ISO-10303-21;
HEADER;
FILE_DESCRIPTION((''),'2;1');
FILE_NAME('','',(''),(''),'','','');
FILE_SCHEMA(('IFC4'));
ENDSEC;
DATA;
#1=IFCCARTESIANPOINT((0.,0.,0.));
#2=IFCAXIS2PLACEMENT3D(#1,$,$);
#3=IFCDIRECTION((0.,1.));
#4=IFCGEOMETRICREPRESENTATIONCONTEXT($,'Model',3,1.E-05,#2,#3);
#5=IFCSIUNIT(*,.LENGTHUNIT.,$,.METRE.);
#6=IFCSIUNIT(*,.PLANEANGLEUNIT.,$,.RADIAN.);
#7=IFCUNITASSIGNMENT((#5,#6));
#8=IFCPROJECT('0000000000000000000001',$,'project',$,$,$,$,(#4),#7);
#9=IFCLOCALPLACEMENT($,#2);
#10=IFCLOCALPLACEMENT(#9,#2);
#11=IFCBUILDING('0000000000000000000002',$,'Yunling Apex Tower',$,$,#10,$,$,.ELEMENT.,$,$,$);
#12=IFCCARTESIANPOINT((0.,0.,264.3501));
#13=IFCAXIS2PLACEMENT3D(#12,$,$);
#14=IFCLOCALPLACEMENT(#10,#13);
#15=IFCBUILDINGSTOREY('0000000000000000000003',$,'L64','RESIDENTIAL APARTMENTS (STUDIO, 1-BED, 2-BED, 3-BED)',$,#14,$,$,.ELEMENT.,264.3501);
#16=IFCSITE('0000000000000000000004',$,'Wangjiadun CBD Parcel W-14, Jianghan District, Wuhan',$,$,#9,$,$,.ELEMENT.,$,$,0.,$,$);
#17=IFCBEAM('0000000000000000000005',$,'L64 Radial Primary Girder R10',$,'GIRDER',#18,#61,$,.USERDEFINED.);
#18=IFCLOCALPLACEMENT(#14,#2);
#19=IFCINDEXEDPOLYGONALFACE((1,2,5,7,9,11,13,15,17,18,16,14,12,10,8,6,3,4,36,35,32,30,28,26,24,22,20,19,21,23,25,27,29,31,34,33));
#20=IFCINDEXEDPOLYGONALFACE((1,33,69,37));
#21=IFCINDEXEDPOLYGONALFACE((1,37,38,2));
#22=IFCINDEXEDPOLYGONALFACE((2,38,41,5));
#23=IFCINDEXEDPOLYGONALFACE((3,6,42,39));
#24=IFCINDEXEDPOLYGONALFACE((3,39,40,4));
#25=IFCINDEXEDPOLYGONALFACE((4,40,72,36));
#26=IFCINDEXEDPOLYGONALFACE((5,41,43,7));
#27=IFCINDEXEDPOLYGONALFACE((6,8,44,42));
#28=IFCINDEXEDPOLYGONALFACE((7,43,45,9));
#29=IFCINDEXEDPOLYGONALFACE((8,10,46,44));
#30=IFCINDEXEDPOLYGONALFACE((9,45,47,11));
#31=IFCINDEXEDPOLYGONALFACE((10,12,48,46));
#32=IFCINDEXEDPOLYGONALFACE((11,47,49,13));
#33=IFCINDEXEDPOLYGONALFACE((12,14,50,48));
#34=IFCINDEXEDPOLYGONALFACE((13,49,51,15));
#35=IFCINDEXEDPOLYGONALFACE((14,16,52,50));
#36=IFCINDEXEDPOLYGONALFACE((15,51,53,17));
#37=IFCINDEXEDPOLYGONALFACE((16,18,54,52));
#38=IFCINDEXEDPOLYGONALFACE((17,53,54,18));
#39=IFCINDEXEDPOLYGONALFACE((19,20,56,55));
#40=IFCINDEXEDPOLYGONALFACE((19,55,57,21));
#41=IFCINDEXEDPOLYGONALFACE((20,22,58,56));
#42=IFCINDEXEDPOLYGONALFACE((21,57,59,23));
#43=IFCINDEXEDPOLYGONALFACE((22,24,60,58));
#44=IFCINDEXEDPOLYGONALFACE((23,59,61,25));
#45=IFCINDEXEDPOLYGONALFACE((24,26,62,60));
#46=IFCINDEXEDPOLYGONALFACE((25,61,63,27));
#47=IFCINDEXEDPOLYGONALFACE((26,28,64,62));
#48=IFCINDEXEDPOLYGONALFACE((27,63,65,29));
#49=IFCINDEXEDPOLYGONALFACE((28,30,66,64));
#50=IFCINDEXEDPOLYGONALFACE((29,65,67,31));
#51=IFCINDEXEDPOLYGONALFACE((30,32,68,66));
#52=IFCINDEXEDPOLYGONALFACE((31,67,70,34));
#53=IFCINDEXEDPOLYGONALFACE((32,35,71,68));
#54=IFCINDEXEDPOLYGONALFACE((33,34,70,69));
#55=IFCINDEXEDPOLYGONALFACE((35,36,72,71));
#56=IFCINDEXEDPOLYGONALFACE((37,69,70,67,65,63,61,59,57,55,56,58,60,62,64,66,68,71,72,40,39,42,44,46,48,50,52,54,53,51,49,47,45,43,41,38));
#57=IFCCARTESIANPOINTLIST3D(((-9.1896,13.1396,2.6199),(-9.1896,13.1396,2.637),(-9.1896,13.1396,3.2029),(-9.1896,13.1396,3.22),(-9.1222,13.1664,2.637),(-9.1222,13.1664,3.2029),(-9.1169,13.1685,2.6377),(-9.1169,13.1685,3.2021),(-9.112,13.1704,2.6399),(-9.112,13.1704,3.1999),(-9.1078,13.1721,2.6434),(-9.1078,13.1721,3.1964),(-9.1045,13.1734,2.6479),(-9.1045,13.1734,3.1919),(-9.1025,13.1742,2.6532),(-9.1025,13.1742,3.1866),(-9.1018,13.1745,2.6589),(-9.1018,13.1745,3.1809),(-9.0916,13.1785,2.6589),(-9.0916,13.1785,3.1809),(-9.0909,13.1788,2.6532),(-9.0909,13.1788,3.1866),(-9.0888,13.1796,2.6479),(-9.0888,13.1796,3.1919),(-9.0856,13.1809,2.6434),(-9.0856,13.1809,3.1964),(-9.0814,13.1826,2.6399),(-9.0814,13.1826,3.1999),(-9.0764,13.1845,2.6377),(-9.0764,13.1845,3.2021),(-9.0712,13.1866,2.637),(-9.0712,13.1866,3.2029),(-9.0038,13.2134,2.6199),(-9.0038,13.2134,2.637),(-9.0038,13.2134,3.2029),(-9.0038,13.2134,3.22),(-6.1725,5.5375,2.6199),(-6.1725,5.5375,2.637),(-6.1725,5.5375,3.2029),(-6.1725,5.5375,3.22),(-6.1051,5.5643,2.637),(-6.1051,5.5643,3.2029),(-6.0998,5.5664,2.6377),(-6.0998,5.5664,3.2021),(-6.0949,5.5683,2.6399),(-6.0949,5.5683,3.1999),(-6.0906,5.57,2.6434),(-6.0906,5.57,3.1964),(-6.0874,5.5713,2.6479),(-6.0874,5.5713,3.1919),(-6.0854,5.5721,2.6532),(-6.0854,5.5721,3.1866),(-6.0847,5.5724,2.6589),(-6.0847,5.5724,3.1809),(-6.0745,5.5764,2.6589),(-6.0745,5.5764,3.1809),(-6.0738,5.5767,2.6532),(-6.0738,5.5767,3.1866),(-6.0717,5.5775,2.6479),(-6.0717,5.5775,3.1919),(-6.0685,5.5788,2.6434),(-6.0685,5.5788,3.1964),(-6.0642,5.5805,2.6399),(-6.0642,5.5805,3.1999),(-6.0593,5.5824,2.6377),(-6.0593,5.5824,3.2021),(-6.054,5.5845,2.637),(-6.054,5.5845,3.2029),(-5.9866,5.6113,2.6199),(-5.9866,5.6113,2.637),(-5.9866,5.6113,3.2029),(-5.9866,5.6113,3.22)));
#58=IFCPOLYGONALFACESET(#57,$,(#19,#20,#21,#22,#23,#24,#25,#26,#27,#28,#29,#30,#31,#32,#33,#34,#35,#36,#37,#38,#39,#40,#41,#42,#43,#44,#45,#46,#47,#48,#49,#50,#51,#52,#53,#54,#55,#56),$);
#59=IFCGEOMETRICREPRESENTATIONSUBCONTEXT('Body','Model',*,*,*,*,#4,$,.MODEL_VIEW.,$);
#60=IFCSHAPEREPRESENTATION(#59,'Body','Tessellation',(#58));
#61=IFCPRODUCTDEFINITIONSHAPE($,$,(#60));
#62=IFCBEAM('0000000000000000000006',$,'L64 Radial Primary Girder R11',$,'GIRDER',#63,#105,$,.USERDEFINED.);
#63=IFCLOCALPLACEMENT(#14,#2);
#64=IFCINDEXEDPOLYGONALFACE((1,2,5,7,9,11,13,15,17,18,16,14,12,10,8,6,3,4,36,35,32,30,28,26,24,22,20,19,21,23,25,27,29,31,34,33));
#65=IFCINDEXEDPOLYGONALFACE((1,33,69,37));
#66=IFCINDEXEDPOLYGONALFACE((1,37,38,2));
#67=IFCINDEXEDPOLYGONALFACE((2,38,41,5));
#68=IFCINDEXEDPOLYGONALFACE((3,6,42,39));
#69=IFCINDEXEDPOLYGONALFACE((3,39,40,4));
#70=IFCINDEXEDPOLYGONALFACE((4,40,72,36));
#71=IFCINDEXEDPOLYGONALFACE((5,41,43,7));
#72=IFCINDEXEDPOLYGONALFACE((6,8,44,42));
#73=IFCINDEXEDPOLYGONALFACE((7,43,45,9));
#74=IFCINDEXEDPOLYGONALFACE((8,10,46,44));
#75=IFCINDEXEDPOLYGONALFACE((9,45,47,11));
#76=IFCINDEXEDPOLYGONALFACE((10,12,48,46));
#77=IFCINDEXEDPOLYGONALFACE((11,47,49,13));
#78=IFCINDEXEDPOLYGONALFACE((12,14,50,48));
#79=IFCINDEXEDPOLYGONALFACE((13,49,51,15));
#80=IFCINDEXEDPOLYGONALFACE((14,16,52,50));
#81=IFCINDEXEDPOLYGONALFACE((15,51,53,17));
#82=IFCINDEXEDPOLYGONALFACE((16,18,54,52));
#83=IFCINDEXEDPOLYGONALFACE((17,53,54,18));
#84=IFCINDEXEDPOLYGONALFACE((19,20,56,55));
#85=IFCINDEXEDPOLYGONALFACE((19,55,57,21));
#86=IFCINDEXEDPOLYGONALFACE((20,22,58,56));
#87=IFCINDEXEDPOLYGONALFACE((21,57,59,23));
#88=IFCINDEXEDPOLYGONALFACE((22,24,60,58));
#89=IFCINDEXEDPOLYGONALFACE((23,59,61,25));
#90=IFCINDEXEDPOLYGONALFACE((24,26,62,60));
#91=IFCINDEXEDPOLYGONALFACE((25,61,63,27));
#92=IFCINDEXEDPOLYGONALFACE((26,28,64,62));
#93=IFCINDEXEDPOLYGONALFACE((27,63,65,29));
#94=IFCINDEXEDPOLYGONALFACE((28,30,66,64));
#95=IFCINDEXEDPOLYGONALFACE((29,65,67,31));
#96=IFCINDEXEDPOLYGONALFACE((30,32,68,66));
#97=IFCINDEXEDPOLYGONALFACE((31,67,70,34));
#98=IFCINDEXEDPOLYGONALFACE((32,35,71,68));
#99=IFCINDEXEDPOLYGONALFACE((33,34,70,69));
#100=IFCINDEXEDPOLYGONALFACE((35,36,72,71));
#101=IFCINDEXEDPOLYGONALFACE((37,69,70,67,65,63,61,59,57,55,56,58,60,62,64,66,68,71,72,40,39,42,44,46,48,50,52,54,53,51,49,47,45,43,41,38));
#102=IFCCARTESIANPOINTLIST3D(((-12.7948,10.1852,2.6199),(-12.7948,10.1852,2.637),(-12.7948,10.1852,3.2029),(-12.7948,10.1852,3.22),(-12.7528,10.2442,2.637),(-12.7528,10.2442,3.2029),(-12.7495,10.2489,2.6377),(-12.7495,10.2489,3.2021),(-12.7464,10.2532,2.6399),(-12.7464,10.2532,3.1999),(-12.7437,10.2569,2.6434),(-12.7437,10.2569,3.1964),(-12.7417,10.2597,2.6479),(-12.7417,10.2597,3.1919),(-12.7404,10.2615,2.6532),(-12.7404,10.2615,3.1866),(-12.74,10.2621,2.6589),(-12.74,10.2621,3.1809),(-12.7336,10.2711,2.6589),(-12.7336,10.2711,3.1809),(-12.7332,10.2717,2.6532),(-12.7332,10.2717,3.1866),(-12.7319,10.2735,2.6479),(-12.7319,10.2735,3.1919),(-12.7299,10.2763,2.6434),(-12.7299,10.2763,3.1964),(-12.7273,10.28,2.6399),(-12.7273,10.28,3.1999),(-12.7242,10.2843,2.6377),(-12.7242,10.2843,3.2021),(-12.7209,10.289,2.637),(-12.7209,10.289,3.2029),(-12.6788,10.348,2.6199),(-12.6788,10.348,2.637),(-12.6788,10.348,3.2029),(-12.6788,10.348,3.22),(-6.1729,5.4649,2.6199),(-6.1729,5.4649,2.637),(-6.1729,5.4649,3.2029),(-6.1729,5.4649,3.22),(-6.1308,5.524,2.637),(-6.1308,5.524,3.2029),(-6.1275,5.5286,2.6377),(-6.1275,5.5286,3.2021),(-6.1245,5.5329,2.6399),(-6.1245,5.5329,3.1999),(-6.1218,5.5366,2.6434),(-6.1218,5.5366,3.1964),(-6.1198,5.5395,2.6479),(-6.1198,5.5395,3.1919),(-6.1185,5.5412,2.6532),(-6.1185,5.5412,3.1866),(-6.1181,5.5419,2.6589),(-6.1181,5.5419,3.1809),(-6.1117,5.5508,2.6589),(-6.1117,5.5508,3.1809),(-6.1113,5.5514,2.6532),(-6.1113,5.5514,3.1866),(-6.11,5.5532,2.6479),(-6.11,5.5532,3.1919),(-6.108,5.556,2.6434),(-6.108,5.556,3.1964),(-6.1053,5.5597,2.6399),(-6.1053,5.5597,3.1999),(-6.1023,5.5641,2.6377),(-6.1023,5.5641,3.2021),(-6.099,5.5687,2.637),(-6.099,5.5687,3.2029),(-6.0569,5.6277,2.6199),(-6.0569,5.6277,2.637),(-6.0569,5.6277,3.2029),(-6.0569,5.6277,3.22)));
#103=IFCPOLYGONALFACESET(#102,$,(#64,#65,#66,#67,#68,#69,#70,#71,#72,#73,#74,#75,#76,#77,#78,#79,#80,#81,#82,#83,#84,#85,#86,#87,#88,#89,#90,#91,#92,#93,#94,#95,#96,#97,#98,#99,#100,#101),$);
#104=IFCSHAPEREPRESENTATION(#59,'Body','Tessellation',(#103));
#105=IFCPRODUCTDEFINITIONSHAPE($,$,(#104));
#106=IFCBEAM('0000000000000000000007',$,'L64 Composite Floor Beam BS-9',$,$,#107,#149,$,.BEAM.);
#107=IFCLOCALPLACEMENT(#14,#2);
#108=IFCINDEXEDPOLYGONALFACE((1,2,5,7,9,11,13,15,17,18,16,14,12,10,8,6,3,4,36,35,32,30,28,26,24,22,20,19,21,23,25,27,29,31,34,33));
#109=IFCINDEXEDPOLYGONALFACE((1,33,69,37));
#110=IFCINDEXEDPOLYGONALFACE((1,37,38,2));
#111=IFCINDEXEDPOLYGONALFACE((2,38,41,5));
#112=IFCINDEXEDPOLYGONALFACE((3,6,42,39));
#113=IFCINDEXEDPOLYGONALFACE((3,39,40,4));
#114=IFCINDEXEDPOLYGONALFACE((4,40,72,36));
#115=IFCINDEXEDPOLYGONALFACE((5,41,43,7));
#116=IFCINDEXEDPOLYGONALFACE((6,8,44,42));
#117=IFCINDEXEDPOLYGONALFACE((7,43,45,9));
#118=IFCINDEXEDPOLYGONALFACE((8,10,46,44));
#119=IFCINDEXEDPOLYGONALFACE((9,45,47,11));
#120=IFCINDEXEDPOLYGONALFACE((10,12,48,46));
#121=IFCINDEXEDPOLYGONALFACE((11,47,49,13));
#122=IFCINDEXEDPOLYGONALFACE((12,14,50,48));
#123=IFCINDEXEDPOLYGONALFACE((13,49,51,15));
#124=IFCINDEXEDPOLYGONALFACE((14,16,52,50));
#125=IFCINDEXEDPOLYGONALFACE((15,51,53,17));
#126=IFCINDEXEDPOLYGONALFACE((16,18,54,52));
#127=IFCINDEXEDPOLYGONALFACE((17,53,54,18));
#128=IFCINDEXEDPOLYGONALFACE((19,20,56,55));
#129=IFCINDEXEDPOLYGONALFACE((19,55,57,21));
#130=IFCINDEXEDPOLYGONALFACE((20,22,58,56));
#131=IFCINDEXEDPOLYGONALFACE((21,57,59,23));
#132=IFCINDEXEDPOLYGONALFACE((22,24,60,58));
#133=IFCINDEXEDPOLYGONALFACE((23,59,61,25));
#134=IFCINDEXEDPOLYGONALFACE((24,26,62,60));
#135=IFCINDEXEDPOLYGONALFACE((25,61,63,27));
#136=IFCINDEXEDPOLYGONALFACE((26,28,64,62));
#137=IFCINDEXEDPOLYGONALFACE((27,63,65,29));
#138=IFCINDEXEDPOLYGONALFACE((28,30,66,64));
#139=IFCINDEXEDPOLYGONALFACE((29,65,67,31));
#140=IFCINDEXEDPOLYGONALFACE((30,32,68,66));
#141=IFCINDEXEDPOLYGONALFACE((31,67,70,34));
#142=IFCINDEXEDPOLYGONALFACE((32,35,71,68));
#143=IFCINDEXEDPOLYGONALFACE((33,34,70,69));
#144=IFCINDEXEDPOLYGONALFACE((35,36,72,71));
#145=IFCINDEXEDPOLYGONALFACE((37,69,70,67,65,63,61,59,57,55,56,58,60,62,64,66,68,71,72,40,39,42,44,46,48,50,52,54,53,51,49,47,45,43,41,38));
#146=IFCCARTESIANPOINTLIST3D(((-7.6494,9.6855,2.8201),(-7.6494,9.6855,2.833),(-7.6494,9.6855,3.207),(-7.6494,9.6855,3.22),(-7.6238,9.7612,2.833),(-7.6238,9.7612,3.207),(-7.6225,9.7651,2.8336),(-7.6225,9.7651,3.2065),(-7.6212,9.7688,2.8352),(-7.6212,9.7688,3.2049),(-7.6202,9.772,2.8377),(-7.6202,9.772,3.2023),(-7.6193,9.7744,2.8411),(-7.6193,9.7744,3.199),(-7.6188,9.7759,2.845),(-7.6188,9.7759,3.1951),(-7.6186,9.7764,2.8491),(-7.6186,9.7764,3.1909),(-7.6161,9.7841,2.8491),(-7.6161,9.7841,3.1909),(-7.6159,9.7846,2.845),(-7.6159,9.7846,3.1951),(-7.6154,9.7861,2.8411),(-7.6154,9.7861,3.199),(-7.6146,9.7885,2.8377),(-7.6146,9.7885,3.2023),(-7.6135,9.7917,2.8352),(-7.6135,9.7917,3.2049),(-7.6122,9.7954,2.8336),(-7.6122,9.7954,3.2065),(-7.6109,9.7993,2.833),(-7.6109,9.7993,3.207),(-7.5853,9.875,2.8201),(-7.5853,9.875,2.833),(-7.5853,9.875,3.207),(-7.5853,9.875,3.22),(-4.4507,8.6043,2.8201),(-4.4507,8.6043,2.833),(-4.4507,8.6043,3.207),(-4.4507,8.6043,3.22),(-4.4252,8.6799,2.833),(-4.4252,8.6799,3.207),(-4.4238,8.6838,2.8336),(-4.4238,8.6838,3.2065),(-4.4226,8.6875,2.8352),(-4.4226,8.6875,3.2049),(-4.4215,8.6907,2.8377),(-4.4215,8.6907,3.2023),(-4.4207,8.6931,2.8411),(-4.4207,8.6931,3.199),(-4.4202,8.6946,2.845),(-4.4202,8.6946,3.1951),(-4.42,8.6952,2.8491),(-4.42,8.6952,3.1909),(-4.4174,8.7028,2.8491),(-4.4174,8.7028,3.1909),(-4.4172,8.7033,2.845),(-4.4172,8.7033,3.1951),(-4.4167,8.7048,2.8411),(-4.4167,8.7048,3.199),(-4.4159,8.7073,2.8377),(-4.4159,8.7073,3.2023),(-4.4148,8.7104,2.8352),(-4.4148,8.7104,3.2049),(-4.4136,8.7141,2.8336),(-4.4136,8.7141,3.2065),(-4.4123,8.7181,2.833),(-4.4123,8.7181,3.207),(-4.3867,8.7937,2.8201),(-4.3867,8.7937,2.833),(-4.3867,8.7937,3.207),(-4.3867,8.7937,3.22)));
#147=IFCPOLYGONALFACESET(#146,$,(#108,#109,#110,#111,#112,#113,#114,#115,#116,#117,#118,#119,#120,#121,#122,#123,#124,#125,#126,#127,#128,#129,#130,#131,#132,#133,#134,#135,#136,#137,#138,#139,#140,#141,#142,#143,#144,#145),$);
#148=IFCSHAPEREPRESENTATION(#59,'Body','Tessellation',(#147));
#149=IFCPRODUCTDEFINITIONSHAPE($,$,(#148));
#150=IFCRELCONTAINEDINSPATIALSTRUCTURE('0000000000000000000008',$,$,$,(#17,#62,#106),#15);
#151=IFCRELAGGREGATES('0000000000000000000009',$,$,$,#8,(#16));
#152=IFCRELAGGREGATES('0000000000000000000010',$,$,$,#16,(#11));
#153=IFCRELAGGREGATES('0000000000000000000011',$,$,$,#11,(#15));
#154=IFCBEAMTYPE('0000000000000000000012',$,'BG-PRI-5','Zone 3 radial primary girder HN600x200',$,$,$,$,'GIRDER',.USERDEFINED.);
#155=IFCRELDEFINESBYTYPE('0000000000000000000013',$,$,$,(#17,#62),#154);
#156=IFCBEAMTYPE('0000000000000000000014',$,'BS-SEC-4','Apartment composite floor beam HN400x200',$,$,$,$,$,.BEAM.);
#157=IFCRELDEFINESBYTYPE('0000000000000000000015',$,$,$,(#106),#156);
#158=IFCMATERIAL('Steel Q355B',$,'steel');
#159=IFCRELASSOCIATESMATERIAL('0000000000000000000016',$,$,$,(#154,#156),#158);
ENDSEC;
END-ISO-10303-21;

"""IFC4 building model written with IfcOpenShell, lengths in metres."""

from ifc_helpers import new_model, si_unit, direction, frame, origin, origin_2d, place, context, subcontext, project, spatial, i_section, extrude, source, transform, mapped, material, material_profile, profile_set, type_object, element, save


model = new_model("IFC4")

# Units and contexts
model_context = context("Model", 3, precision=1e-05, world=origin(), true_north=direction((0.0, 1.0)))
body_context = subcontext(model_context, "Body", "Model", "MODEL_VIEW")
ifc_project = project(units=[si_unit("LENGTHUNIT", "METRE"), si_unit("PLANEANGLEUNIT", "RADIAN")], contexts=[model_context])

# Site, building, storey
site_placement = place(None, origin())
site = spatial("IfcSite", under=ifc_project, at=site_placement, Name="Wangjiadun CBD Parcel W-14, Jianghan District, Wuhan", CompositionType="ELEMENT", RefElevation=0.0)
building_placement = place(site_placement, origin())
building = spatial("IfcBuilding", under=site, at=building_placement, Name="Yunling Apex Tower", CompositionType="ELEMENT")
storey_placement = place(building_placement, frame((0.0, 0.0, 264.3501)))
storey = spatial("IfcBuildingStorey", under=building, at=storey_placement, Name="L64", Description="RESIDENTIAL APARTMENTS (STUDIO, 1-BED, 2-BED, 3-BED)", CompositionType="ELEMENT", Elevation=264.3501)

# Shared definitions
ifc_material_1 = material(Name="Steel Q355B", Category="steel")

# Beams
ifc_material_profile_1 = material_profile(ifc_material_1, i_section(OverallWidth=0.2, OverallDepth=0.6001, WebThickness=0.011, FlangeThickness=0.0171, FilletRadius=0.022, at=origin_2d()))
ifc_profile_set_1 = profile_set([ifc_material_profile_1], Name="Steel Q355B")
beam_type_1 = type_object("IfcBeamType", Name="BG-PRI-5", Description="Zone 3 radial primary girder HN600x200", ElementType="GIRDER", PredefinedType="USERDEFINED", material=ifc_profile_set_1)
shared_shape_1 = source(origin(), body_context, "Body", "SweptSolid", [
    extrude(i_section(OverallWidth=0.2, OverallDepth=0.6001, WebThickness=0.011, FlangeThickness=0.0171, FilletRadius=0.022, at=origin_2d()), origin(), (0.0, 0.0, 1.0), 8.179),
])
beam_1_placement = place(storey_placement, frame((-9.0967, 13.1765, 2.9199), z_axis=(0.368888, -0.929474, 0.0), x_axis=(0.929474, 0.368888, 0.0)))
element("IfcBeam", 1, at=beam_1_placement, inside=storey, type_object=beam_type_1, Name="L64 Radial Primary Girder R10", ObjectType="GIRDER", PredefinedType="USERDEFINED", context=body_context, shape_type="MappedRepresentation", body=[
    mapped(shared_shape_1, transform((0.0, 0.0, 0.0), scale=1.0)),
])
shared_shape_2 = source(origin(), body_context, "Body", "SweptSolid", [
    extrude(i_section(OverallWidth=0.2, OverallDepth=0.6001, WebThickness=0.011, FlangeThickness=0.0171, FilletRadius=0.022, at=origin_2d()), origin(), (0.0, 0.0, 1.0), 8.1321),
])
beam_2_placement = place(storey_placement, frame((-12.7368, 10.2666, 2.9199), z_axis=(0.814295, -0.580451, 0.0), x_axis=(0.580451, 0.814295, 0.0)))
element("IfcBeam", 2, at=beam_2_placement, inside=storey, type_object=beam_type_1, Name="L64 Radial Primary Girder R11", ObjectType="GIRDER", PredefinedType="USERDEFINED", context=body_context, shape_type="MappedRepresentation", body=[
    mapped(shared_shape_2, transform((0.0, 0.0, 0.0), scale=1.0)),
])
ifc_material_profile_2 = material_profile(ifc_material_1, i_section(OverallWidth=0.2, OverallDepth=0.3999, WebThickness=0.0081, FlangeThickness=0.0129, FilletRadius=0.0161, at=origin_2d()))
ifc_profile_set_2 = profile_set([ifc_material_profile_2], Name="Steel Q355B")
beam_type_2 = type_object("IfcBeamType", Name="BS-SEC-4", Description="Apartment composite floor beam HN400x200", PredefinedType="BEAM", material=ifc_profile_set_2)
shared_shape_3 = source(origin(), body_context, "Body", "SweptSolid", [
    extrude(i_section(OverallWidth=0.2, OverallDepth=0.3999, WebThickness=0.0081, FlangeThickness=0.0129, FilletRadius=0.0161, at=origin_2d()), origin(), (0.0, 0.0, 1.0), 3.3765),
])
beam_3_placement = place(storey_placement, frame((-4.4187, 8.699, 3.02), z_axis=(-0.947337, 0.320238, 0.0), x_axis=(-0.320238, -0.947337, 0.0)))
element("IfcBeam", 3, at=beam_3_placement, inside=storey, type_object=beam_type_2, Name="L64 Composite Floor Beam BS-9", PredefinedType="BEAM", context=body_context, shape_type="MappedRepresentation", body=[
    mapped(shared_shape_3, transform((0.0, 0.0, 0.0), scale=1.0)),
])

save(model, "model.ifc")
